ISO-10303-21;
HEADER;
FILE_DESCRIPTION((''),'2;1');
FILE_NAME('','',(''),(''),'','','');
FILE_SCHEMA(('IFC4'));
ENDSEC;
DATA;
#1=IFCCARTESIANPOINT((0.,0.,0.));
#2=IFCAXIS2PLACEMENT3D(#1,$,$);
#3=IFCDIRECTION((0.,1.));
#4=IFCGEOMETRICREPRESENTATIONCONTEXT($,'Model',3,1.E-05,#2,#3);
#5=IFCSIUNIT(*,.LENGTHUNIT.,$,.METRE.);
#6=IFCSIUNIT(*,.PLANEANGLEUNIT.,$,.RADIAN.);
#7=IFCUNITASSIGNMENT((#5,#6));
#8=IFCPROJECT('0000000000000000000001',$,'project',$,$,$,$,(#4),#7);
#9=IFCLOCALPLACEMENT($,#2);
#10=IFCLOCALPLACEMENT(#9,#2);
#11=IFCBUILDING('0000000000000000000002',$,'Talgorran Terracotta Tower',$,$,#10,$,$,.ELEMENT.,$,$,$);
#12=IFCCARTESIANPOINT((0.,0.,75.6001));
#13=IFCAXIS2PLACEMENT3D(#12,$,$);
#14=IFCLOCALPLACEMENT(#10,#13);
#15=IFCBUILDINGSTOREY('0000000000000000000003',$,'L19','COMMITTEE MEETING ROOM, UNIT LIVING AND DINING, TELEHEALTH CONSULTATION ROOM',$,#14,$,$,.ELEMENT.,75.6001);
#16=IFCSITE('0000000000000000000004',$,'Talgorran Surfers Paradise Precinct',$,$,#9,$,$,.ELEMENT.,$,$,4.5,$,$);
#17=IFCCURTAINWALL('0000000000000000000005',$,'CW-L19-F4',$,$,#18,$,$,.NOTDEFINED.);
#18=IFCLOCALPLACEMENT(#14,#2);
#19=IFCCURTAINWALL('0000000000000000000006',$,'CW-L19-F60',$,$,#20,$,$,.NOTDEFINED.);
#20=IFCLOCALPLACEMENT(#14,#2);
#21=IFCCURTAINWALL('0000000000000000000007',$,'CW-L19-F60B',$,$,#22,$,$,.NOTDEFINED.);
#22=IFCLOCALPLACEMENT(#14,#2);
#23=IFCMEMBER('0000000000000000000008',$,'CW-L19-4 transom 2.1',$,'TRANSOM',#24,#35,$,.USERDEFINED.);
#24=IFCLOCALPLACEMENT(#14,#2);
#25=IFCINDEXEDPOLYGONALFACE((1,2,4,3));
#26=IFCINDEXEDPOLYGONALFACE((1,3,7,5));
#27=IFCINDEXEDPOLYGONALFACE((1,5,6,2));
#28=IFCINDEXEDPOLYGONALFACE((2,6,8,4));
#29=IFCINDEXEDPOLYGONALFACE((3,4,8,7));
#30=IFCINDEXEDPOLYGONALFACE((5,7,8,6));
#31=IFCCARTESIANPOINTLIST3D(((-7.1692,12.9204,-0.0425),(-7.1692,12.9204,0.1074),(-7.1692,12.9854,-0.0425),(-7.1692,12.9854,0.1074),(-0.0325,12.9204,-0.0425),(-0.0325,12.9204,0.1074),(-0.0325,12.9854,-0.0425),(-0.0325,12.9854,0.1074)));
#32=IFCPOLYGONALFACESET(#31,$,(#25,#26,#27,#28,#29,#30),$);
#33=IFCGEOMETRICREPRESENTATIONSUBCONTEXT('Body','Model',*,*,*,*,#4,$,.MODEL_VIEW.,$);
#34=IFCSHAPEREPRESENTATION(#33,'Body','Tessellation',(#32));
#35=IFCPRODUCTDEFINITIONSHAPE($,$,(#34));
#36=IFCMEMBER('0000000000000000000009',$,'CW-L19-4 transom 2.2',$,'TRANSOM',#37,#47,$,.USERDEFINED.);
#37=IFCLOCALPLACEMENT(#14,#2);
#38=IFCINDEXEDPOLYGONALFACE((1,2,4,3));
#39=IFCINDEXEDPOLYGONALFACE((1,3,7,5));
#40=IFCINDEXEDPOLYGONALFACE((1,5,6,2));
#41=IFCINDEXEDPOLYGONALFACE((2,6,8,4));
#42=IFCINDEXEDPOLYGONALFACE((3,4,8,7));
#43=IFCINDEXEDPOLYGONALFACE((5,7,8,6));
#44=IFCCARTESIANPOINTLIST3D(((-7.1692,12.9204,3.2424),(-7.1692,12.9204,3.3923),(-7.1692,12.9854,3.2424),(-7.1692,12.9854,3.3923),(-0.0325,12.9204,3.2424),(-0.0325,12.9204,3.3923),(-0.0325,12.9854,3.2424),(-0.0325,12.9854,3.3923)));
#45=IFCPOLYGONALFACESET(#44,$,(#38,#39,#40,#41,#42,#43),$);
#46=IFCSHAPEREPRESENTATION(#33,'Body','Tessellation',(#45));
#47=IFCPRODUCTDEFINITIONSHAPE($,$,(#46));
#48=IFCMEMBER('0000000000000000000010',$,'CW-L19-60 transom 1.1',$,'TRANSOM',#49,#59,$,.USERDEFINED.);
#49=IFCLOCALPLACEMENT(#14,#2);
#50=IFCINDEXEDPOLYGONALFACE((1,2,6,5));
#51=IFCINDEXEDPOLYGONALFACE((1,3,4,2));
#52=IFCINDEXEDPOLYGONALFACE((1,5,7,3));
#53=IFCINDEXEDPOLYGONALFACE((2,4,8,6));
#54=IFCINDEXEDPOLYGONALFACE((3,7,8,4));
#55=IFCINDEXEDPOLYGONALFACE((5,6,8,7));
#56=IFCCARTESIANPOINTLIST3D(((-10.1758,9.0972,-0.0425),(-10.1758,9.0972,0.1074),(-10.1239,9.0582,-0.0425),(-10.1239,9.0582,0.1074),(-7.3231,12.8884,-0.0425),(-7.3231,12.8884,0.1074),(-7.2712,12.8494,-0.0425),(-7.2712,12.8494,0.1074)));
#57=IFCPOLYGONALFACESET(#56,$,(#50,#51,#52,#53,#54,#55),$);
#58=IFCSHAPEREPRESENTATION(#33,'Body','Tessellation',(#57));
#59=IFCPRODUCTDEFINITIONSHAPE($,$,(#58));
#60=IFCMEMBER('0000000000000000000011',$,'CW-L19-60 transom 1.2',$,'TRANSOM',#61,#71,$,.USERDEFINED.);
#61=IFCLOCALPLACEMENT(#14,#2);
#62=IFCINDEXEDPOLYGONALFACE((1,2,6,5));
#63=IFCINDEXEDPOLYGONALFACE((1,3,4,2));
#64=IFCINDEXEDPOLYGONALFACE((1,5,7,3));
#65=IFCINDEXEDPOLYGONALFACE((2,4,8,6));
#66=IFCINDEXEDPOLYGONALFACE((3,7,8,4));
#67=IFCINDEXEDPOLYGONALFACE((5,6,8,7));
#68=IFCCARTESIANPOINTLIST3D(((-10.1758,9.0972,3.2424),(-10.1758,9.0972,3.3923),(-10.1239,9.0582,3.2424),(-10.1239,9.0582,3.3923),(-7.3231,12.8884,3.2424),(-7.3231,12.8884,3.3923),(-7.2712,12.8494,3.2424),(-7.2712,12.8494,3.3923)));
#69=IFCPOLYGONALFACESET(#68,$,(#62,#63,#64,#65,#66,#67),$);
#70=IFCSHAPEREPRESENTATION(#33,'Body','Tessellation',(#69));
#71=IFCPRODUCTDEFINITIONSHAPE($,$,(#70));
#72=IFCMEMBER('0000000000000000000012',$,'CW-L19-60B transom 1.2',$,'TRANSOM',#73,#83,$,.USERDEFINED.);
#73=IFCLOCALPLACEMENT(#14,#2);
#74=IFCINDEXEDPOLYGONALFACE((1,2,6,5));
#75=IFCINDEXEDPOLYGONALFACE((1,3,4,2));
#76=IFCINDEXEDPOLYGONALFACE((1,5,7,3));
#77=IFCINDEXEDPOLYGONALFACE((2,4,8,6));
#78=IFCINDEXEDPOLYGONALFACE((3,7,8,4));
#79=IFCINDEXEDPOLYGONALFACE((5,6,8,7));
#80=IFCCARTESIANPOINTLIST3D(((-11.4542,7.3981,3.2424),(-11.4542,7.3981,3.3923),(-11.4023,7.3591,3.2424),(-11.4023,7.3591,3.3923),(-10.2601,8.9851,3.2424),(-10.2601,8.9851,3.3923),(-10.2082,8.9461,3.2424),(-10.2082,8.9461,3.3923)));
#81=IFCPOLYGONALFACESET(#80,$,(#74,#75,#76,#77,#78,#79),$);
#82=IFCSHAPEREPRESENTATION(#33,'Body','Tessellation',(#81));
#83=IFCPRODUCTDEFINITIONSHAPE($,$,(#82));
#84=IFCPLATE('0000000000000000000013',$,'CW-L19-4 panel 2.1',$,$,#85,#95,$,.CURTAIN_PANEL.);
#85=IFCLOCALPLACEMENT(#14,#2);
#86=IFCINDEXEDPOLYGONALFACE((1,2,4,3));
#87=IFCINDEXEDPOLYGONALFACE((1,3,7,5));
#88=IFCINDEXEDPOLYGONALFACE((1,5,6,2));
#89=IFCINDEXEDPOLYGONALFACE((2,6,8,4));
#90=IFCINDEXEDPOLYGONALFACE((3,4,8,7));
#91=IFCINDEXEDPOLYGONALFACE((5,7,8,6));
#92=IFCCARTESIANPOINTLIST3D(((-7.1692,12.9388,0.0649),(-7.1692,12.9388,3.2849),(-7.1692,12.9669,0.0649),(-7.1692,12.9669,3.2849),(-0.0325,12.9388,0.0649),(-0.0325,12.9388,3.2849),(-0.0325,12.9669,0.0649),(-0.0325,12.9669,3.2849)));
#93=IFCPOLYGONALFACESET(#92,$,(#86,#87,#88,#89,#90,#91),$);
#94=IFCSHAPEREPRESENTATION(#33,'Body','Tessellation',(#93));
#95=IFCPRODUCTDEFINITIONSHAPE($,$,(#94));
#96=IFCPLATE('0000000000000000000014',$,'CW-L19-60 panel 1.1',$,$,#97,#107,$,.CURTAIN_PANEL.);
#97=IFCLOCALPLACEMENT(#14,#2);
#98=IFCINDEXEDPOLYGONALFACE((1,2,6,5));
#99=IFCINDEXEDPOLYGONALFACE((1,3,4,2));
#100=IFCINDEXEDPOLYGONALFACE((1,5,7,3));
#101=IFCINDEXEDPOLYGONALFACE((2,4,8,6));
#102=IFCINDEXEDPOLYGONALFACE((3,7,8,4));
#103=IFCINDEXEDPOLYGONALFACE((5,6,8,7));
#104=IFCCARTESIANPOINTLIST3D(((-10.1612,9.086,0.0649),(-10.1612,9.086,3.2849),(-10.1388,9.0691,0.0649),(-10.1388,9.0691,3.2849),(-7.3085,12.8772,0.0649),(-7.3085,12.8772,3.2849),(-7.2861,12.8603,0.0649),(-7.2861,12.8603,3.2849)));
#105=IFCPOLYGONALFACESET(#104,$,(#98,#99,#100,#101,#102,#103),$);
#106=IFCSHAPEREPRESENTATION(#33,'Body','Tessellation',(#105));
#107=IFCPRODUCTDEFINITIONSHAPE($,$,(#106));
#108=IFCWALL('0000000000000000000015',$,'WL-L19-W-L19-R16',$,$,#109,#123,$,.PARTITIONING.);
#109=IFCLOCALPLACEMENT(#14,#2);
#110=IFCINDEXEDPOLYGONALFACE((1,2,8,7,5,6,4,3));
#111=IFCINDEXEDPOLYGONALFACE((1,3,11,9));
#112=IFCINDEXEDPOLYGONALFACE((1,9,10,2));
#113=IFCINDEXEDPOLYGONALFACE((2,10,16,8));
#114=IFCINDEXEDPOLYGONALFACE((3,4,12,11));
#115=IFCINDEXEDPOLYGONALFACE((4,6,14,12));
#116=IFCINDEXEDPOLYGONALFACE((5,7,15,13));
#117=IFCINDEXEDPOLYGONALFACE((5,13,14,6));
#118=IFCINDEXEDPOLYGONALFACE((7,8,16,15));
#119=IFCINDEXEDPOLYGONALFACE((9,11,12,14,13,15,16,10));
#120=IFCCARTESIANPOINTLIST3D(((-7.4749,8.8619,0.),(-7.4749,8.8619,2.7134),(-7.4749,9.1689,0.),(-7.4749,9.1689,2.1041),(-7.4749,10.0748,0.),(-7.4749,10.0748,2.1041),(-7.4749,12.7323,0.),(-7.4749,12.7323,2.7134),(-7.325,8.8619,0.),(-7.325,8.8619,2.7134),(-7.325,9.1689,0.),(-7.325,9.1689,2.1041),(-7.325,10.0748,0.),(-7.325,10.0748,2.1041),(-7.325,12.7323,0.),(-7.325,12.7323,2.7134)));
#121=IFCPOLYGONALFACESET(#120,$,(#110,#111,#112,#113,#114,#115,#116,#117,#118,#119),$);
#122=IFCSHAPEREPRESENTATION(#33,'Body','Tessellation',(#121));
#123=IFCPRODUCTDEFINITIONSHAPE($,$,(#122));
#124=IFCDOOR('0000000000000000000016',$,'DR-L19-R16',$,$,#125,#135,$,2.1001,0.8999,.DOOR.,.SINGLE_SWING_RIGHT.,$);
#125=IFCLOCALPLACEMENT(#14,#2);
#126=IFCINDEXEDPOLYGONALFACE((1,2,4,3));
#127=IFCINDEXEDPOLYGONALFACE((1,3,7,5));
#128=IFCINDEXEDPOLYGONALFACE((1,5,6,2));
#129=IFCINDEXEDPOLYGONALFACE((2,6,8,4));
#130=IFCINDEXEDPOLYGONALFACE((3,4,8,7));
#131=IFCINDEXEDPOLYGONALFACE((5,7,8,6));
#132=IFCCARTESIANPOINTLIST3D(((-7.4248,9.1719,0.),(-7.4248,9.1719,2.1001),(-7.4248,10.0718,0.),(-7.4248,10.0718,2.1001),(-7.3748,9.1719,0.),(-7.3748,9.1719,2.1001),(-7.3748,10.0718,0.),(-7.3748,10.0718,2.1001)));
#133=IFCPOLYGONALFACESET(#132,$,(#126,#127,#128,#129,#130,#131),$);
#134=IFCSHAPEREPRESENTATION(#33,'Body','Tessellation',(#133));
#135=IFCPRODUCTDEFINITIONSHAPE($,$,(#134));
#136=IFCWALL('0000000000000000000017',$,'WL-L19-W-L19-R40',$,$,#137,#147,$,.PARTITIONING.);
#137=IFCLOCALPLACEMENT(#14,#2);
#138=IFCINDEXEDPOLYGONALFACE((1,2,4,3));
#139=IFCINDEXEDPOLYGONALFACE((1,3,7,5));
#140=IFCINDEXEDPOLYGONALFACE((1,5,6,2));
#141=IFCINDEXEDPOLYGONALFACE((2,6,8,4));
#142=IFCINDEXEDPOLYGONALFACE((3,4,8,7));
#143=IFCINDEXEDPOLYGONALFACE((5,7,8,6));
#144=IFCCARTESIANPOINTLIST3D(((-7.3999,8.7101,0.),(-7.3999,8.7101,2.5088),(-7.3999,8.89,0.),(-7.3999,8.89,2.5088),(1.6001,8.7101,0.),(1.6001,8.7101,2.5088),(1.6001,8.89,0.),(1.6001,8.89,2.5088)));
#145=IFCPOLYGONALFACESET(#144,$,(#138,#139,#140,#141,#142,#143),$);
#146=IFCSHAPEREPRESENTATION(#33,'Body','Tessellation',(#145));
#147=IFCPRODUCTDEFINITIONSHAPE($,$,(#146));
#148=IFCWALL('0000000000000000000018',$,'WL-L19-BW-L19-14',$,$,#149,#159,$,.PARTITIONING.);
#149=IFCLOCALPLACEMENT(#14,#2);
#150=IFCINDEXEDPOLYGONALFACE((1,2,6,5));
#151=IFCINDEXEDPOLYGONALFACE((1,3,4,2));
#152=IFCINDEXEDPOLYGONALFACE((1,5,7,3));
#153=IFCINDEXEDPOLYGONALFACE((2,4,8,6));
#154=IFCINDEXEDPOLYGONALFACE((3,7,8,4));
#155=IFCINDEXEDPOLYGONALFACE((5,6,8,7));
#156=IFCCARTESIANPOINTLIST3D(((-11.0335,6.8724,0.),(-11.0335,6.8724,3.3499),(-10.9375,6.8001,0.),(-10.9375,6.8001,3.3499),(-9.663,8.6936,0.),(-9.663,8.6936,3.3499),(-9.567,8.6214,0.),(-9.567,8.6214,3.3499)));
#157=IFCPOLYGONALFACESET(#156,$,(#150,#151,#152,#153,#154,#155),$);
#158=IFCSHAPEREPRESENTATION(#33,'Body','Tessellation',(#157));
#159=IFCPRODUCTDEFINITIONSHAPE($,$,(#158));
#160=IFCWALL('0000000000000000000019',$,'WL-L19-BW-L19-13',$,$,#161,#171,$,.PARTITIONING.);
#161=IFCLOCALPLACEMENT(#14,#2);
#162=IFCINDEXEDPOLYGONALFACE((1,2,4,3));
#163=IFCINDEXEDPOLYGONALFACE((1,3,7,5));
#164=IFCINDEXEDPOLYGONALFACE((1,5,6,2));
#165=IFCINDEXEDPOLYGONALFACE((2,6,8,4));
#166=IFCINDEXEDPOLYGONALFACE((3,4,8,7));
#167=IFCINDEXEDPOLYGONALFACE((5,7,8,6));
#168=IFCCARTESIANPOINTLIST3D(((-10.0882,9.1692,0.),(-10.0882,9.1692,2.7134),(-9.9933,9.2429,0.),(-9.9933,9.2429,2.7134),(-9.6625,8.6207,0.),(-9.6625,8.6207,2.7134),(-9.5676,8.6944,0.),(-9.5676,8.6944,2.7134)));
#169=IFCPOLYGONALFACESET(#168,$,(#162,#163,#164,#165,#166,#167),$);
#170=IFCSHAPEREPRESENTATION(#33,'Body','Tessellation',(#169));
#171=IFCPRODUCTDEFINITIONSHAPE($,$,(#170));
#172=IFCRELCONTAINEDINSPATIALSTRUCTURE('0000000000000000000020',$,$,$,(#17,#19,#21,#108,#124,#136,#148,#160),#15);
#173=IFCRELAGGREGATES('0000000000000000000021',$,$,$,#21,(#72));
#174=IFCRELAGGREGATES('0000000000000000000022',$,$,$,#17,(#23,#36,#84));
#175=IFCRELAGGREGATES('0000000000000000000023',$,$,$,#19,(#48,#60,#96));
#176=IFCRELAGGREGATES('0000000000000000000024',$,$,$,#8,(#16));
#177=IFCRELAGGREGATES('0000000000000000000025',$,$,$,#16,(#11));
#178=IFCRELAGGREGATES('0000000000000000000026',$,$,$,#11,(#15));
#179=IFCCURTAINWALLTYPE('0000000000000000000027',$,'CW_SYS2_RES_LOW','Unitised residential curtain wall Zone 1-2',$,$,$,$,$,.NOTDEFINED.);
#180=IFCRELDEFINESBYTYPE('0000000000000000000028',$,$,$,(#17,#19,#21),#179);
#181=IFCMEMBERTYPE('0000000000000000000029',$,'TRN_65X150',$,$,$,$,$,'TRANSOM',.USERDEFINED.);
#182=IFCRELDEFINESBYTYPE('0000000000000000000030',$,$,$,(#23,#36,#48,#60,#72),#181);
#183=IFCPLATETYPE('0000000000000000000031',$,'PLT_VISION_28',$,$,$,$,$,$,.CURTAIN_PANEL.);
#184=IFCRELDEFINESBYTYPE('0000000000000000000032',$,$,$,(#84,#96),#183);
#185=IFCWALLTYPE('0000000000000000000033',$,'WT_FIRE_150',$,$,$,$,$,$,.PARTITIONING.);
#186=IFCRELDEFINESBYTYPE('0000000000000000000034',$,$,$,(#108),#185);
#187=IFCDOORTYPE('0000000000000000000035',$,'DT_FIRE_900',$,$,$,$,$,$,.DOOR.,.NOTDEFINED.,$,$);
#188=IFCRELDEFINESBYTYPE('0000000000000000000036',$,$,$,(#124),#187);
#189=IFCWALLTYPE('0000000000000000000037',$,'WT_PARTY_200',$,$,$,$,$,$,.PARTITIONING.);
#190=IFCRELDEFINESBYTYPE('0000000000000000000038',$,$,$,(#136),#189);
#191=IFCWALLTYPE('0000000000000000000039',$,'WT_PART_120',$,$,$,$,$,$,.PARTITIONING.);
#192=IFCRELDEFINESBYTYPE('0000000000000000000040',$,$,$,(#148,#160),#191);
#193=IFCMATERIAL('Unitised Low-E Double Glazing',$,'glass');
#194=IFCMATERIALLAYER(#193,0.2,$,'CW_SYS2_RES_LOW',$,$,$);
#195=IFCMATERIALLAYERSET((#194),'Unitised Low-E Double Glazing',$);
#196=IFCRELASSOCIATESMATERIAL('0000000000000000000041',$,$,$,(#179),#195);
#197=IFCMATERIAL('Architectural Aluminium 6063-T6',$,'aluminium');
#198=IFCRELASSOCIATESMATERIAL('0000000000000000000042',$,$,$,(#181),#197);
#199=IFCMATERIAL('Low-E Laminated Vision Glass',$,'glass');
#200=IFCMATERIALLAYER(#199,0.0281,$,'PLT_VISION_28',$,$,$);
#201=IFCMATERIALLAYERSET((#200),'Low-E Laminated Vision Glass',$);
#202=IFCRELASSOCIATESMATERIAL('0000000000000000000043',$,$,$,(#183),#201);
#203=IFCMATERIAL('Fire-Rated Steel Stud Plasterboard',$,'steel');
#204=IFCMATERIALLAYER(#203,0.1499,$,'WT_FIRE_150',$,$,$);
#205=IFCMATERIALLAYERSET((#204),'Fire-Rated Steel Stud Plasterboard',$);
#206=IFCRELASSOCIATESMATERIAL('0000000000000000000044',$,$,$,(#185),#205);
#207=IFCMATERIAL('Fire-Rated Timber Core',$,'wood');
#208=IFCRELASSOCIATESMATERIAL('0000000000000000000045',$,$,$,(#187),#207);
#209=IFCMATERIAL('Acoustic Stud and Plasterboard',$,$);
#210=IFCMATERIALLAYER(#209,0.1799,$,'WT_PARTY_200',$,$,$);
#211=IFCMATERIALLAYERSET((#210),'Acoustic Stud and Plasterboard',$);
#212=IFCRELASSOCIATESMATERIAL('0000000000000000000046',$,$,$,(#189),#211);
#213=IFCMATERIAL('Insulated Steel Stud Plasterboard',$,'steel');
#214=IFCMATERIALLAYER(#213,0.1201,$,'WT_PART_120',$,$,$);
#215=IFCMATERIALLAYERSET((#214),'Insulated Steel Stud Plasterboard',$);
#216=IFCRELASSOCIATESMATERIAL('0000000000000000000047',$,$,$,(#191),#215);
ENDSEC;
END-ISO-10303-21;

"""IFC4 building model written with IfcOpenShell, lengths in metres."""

from ifc_helpers import new_model, si_unit, direction, frame, frame_2d, origin, origin_2d, place, context, subcontext, project, spatial, rectangle, extrude, source, transform, mapped, material, layer, layer_set, material_profile, profile_set, type_object, type_shapes, element, fill, aggregate, save


model = new_model("IFC4")

# Units and contexts
model_context = context("Model", 3, precision=1e-05, world=origin(), true_north=direction((0.0, 1.0)))
body_context = subcontext(model_context, "Body", "Model", "MODEL_VIEW")
ifc_project = project(units=[si_unit("LENGTHUNIT", "METRE"), si_unit("PLANEANGLEUNIT", "RADIAN")], contexts=[model_context])

# Site, building, storey
site_placement = place(None, origin())
site = spatial("IfcSite", under=ifc_project, at=site_placement, Name="Talgorran Surfers Paradise Precinct", CompositionType="ELEMENT", RefElevation=4.5)
building_placement = place(site_placement, origin())
building = spatial("IfcBuilding", under=site, at=building_placement, Name="Talgorran Terracotta Tower", CompositionType="ELEMENT")
storey_placement = place(building_placement, frame((0.0, 0.0, 75.6001)))
storey = spatial("IfcBuildingStorey", under=building, at=storey_placement, Name="L19", Description="COMMITTEE MEETING ROOM, UNIT LIVING AND DINING, TELEHEALTH CONSULTATION ROOM", CompositionType="ELEMENT", Elevation=75.6001)

# Curtain wall
ifc_material_1 = material(Name="Unitised Low-E Double Glazing", Category="glass")
ifc_layer_1 = layer(ifc_material_1, 0.2, Name="CW_SYS2_RES_LOW")
ifc_layer_set_1 = layer_set([ifc_layer_1], Name="Unitised Low-E Double Glazing")
curtain_wall_type = type_object("IfcCurtainWallType", Name="CW_SYS2_RES_LOW", Description="Unitised residential curtain wall Zone 1-2", PredefinedType="NOTDEFINED", material=ifc_layer_set_1)
curtain_wall_1_placement = place(storey_placement, origin())
curtain_wall_1 = element("IfcCurtainWall", 1, at=curtain_wall_1_placement, inside=storey, type_object=curtain_wall_type, Name="CW-L19-F4", PredefinedType="NOTDEFINED")
ifc_material_2 = material(Name="Architectural Aluminium 6063-T6", Category="aluminium")

# Curtain wall
curtain_wall_2_placement = place(storey_placement, origin())
curtain_wall_2 = element("IfcCurtainWall", 2, at=curtain_wall_2_placement, inside=storey, type_object=curtain_wall_type, Name="CW-L19-F60", PredefinedType="NOTDEFINED")

# Curtain wall
curtain_wall_3_placement = place(storey_placement, origin())
curtain_wall_3 = element("IfcCurtainWall", 3, at=curtain_wall_3_placement, inside=storey, type_object=curtain_wall_type, Name="CW-L19-F60B", PredefinedType="NOTDEFINED")

# Members
ifc_material_profile_1 = material_profile(ifc_material_2, rectangle(XDim=0.0649, YDim=0.1499, at=origin_2d()), Name="CWT65X150")
ifc_profile_set_1 = profile_set([ifc_material_profile_1], Name="Architectural Aluminium 6063-T6")
member_type_1 = type_object("IfcMemberType", Name="TRN_65X150", ElementType="TRANSOM", PredefinedType="USERDEFINED", material=ifc_profile_set_1)
member_1_placement = place(storey_placement, frame((-0.0325, 12.9529, 0.0325), z_axis=(-1.0, 0.0, 0.0), x_axis=(0.0, -1.0, 0.0)))
member_1 = element("IfcMember", 4, at=member_1_placement, type_object=member_type_1, Name="CW-L19-4 transom 2.1", ObjectType="TRANSOM", PredefinedType="USERDEFINED", context=body_context, shape_type="SweptSolid", body=[
    extrude(rectangle(XDim=0.0649, YDim=0.1499, at=origin_2d()), origin(), (0.0, 0.0, 1.0), 7.1367),
])
member_2_placement = place(storey_placement, frame((-0.0325, 12.9529, 3.3174), z_axis=(-1.0, 0.0, 0.0), x_axis=(0.0, -1.0, 0.0)))
member_2 = element("IfcMember", 5, at=member_2_placement, type_object=member_type_1, Name="CW-L19-4 transom 2.2", ObjectType="TRANSOM", PredefinedType="USERDEFINED", context=body_context, shape_type="SweptSolid", body=[
    extrude(rectangle(XDim=0.0649, YDim=0.1499, at=origin_2d()), origin(), (0.0, 0.0, 1.0), 7.1367),
])
member_3_placement = place(storey_placement, frame((-7.2971, 12.8689, 0.0325), z_axis=(-0.601259, -0.799054, 0.0), x_axis=(0.799054, -0.601259, 0.0)))
member_3 = element("IfcMember", 6, at=member_3_placement, type_object=member_type_1, Name="CW-L19-60 transom 1.1", ObjectType="TRANSOM", PredefinedType="USERDEFINED", context=body_context, shape_type="SweptSolid", body=[
    extrude(rectangle(XDim=0.0649, YDim=0.1499, at=origin_2d()), origin(), (0.0, 0.0, 1.0), 4.7446),
])
member_4_placement = place(storey_placement, frame((-7.2971, 12.8689, 3.3174), z_axis=(-0.601259, -0.799054, 0.0), x_axis=(0.799054, -0.601259, 0.0)))
member_4 = element("IfcMember", 7, at=member_4_placement, type_object=member_type_1, Name="CW-L19-60 transom 1.2", ObjectType="TRANSOM", PredefinedType="USERDEFINED", context=body_context, shape_type="SweptSolid", body=[
    extrude(rectangle(XDim=0.0649, YDim=0.1499, at=origin_2d()), origin(), (0.0, 0.0, 1.0), 4.7446),
])
member_5_placement = place(storey_placement, frame((-10.2341, 8.9656, 3.3174), z_axis=(-0.601258, -0.799055, 0.0), x_axis=(0.799055, -0.601258, 0.0)))
member_5 = element("IfcMember", 8, at=member_5_placement, type_object=member_type_1, Name="CW-L19-60B transom 1.2", ObjectType="TRANSOM", PredefinedType="USERDEFINED", context=body_context, shape_type="SweptSolid", body=[
    extrude(rectangle(XDim=0.0649, YDim=0.1499, at=origin_2d()), origin(), (0.0, 0.0, 1.0), 1.9861),
])
aggregate(curtain_wall_3, [member_5])

# Plates
ifc_material_3 = material(Name="Low-E Laminated Vision Glass", Category="glass")
ifc_layer_2 = layer(ifc_material_3, 0.0281, Name="PLT_VISION_28")
ifc_layer_set_2 = layer_set([ifc_layer_2], Name="Low-E Laminated Vision Glass")
plate_type = type_object("IfcPlateType", Name="PLT_VISION_28", PredefinedType="CURTAIN_PANEL", material=ifc_layer_set_2)
shared_shape_1 = source(origin(), body_context, "Body", "SweptSolid", [
    extrude(rectangle(XDim=7.1367, YDim=0.0281, at=origin_2d()), origin(), (0.0, 0.0, 1.0), 3.22),
])
plate_1_placement = place(storey_placement, frame((-3.6008, 12.9529, 0.0649), z_axis=(0.0, 0.0, 1.0), x_axis=(-1.0, 0.0, 0.0)))
plate_1 = element("IfcPlate", 9, at=plate_1_placement, type_object=plate_type, Name="CW-L19-4 panel 2.1", PredefinedType="CURTAIN_PANEL", context=body_context, shape_type="MappedRepresentation", body=[
    mapped(shared_shape_1, transform((0.0, 0.0, 0.0), scale=1.0)),
])
aggregate(curtain_wall_1, [member_1, member_2, plate_1])
shared_shape_2 = source(origin(), body_context, "Body", "SweptSolid", [
    extrude(rectangle(XDim=4.7446, YDim=0.0281, at=origin_2d()), origin(), (0.0, 0.0, 1.0), 3.22),
])
type_shapes(plate_type, [shared_shape_1, shared_shape_2])
plate_2_placement = place(storey_placement, frame((-8.7236, 10.9731, 0.0649), z_axis=(0.0, 0.0, 1.0), x_axis=(-0.601247, -0.799064, 0.0)))
plate_2 = element("IfcPlate", 10, at=plate_2_placement, type_object=plate_type, Name="CW-L19-60 panel 1.1", PredefinedType="CURTAIN_PANEL", context=body_context, shape_type="MappedRepresentation", body=[
    mapped(shared_shape_2, transform((0.0, 0.0, 0.0), scale=1.0)),
])
aggregate(curtain_wall_2, [member_3, member_4, plate_2])

# Wall, opening, door
ifc_material_4 = material(Name="Fire-Rated Steel Stud Plasterboard", Category="steel")
ifc_layer_3 = layer(ifc_material_4, 0.1499, Name="WT_FIRE_150")
ifc_layer_set_3 = layer_set([ifc_layer_3], Name="Fire-Rated Steel Stud Plasterboard")
wall_type_1 = type_object("IfcWallType", Name="WT_FIRE_150", PredefinedType="PARTITIONING", material=ifc_layer_set_3)
wall_1_placement = place(storey_placement, frame((-7.3999, 8.8621, 0.0), z_axis=(0.0, 0.0, 1.0), x_axis=(0.0, 1.0, 0.0)))
wall_1 = element("IfcWall", 11, at=wall_1_placement, inside=storey, type_object=wall_type_1, Name="WL-L19-W-L19-R16", PredefinedType="PARTITIONING", context=body_context, shape_type="SweptSolid", body=[
    extrude(rectangle(XDim=3.8704, YDim=0.1499, at=frame_2d((1.9351, 0.0))), origin(), (0.0, 0.0, 1.0), 2.7134),
])
opening_placement = place(wall_1_placement, frame((0.3098, 0.0, 0.0)))
opening = element("IfcOpeningElement", 12, at=opening_placement, cuts=wall_1, PredefinedType="OPENING", context=body_context, shape_type="SweptSolid", body=[
    extrude(rectangle(XDim=0.9059, YDim=2.1041, at=frame_2d((0.45, 1.052))), frame((0.0, 0.085, 0.0), z_axis=(0.0, -1.0, 0.0), x_axis=(1.0, 0.0, 0.0)), (0.0, 0.0, 1.0), 0.1699),
])
ifc_material_5 = material(Name="Fire-Rated Timber Core", Category="wood")
door_type = type_object("IfcDoorType", Name="DT_FIRE_900", OperationType="NOTDEFINED", PredefinedType="DOOR", material=ifc_material_5)
door_placement = place(opening_placement, origin())
door = element("IfcDoor", 13, at=door_placement, inside=storey, type_object=door_type, Name="DR-L19-R16", OperationType="SINGLE_SWING_RIGHT", OverallHeight=2.1001, OverallWidth=0.8999, PredefinedType="DOOR", context=body_context, shape_type="SweptSolid", body=[
    extrude(rectangle(XDim=0.8999, YDim=2.1001, at=frame_2d((0.45, 1.05))), frame((0.0, 0.0249, 0.0), z_axis=(0.0, -1.0, 0.0), x_axis=(1.0, 0.0, 0.0)), (0.0, 0.0, 1.0), 0.05),
])
fill(opening, door)

# Walls
ifc_material_6 = material(Name="Acoustic Stud and Plasterboard")
ifc_layer_4 = layer(ifc_material_6, 0.1799, Name="WT_PARTY_200")
ifc_layer_set_4 = layer_set([ifc_layer_4], Name="Acoustic Stud and Plasterboard")
wall_type_2 = type_object("IfcWallType", Name="WT_PARTY_200", PredefinedType="PARTITIONING", material=ifc_layer_set_4)
wall_2_placement = place(storey_placement, frame((-7.3999, 8.8, 0.0), z_axis=(0.0, 0.0, 1.0), x_axis=(1.0, 0.0, 0.0)))
element("IfcWall", 14, at=wall_2_placement, inside=storey, type_object=wall_type_2, Name="WL-L19-W-L19-R40", PredefinedType="PARTITIONING", context=body_context, shape_type="SweptSolid", body=[
    extrude(rectangle(XDim=9.0, YDim=0.1799, at=frame_2d((4.5, 0.0))), origin(), (0.0, 0.0, 1.0), 2.5088),
])
ifc_material_7 = material(Name="Insulated Steel Stud Plasterboard", Category="steel")
ifc_layer_5 = layer(ifc_material_7, 0.1201, Name="WT_PART_120")
ifc_layer_set_5 = layer_set([ifc_layer_5], Name="Insulated Steel Stud Plasterboard")
wall_type_3 = type_object("IfcWallType", Name="WT_PART_120", PredefinedType="PARTITIONING", material=ifc_layer_set_5)
wall_3_placement = place(storey_placement, frame((-9.615, 8.6575, 0.0), z_axis=(0.0, 0.0, 1.0), x_axis=(-0.601302, -0.799022, 0.0)))
element("IfcWall", 15, at=wall_3_placement, inside=storey, type_object=wall_type_3, Name="WL-L19-BW-L19-14", PredefinedType="PARTITIONING", context=body_context, shape_type="SweptSolid", body=[
    extrude(rectangle(XDim=2.2793, YDim=0.1201, at=frame_2d((1.1396, 0.0))), origin(), (0.0, 0.0, 1.0), 3.3499),
])
wall_4_placement = place(storey_placement, frame((-10.0408, 9.2061, 0.0), z_axis=(0.0, 0.0, 1.0), x_axis=(0.613137, -0.789977, 0.0)))
element("IfcWall", 16, at=wall_4_placement, inside=storey, type_object=wall_type_3, Name="WL-L19-BW-L19-13", PredefinedType="PARTITIONING", context=body_context, shape_type="SweptSolid", body=[
    extrude(rectangle(XDim=0.6943, YDim=0.1201, at=frame_2d((0.3472, 0.0))), origin(), (0.0, 0.0, 1.0), 2.7134),
])

save(model, "model.ifc")
